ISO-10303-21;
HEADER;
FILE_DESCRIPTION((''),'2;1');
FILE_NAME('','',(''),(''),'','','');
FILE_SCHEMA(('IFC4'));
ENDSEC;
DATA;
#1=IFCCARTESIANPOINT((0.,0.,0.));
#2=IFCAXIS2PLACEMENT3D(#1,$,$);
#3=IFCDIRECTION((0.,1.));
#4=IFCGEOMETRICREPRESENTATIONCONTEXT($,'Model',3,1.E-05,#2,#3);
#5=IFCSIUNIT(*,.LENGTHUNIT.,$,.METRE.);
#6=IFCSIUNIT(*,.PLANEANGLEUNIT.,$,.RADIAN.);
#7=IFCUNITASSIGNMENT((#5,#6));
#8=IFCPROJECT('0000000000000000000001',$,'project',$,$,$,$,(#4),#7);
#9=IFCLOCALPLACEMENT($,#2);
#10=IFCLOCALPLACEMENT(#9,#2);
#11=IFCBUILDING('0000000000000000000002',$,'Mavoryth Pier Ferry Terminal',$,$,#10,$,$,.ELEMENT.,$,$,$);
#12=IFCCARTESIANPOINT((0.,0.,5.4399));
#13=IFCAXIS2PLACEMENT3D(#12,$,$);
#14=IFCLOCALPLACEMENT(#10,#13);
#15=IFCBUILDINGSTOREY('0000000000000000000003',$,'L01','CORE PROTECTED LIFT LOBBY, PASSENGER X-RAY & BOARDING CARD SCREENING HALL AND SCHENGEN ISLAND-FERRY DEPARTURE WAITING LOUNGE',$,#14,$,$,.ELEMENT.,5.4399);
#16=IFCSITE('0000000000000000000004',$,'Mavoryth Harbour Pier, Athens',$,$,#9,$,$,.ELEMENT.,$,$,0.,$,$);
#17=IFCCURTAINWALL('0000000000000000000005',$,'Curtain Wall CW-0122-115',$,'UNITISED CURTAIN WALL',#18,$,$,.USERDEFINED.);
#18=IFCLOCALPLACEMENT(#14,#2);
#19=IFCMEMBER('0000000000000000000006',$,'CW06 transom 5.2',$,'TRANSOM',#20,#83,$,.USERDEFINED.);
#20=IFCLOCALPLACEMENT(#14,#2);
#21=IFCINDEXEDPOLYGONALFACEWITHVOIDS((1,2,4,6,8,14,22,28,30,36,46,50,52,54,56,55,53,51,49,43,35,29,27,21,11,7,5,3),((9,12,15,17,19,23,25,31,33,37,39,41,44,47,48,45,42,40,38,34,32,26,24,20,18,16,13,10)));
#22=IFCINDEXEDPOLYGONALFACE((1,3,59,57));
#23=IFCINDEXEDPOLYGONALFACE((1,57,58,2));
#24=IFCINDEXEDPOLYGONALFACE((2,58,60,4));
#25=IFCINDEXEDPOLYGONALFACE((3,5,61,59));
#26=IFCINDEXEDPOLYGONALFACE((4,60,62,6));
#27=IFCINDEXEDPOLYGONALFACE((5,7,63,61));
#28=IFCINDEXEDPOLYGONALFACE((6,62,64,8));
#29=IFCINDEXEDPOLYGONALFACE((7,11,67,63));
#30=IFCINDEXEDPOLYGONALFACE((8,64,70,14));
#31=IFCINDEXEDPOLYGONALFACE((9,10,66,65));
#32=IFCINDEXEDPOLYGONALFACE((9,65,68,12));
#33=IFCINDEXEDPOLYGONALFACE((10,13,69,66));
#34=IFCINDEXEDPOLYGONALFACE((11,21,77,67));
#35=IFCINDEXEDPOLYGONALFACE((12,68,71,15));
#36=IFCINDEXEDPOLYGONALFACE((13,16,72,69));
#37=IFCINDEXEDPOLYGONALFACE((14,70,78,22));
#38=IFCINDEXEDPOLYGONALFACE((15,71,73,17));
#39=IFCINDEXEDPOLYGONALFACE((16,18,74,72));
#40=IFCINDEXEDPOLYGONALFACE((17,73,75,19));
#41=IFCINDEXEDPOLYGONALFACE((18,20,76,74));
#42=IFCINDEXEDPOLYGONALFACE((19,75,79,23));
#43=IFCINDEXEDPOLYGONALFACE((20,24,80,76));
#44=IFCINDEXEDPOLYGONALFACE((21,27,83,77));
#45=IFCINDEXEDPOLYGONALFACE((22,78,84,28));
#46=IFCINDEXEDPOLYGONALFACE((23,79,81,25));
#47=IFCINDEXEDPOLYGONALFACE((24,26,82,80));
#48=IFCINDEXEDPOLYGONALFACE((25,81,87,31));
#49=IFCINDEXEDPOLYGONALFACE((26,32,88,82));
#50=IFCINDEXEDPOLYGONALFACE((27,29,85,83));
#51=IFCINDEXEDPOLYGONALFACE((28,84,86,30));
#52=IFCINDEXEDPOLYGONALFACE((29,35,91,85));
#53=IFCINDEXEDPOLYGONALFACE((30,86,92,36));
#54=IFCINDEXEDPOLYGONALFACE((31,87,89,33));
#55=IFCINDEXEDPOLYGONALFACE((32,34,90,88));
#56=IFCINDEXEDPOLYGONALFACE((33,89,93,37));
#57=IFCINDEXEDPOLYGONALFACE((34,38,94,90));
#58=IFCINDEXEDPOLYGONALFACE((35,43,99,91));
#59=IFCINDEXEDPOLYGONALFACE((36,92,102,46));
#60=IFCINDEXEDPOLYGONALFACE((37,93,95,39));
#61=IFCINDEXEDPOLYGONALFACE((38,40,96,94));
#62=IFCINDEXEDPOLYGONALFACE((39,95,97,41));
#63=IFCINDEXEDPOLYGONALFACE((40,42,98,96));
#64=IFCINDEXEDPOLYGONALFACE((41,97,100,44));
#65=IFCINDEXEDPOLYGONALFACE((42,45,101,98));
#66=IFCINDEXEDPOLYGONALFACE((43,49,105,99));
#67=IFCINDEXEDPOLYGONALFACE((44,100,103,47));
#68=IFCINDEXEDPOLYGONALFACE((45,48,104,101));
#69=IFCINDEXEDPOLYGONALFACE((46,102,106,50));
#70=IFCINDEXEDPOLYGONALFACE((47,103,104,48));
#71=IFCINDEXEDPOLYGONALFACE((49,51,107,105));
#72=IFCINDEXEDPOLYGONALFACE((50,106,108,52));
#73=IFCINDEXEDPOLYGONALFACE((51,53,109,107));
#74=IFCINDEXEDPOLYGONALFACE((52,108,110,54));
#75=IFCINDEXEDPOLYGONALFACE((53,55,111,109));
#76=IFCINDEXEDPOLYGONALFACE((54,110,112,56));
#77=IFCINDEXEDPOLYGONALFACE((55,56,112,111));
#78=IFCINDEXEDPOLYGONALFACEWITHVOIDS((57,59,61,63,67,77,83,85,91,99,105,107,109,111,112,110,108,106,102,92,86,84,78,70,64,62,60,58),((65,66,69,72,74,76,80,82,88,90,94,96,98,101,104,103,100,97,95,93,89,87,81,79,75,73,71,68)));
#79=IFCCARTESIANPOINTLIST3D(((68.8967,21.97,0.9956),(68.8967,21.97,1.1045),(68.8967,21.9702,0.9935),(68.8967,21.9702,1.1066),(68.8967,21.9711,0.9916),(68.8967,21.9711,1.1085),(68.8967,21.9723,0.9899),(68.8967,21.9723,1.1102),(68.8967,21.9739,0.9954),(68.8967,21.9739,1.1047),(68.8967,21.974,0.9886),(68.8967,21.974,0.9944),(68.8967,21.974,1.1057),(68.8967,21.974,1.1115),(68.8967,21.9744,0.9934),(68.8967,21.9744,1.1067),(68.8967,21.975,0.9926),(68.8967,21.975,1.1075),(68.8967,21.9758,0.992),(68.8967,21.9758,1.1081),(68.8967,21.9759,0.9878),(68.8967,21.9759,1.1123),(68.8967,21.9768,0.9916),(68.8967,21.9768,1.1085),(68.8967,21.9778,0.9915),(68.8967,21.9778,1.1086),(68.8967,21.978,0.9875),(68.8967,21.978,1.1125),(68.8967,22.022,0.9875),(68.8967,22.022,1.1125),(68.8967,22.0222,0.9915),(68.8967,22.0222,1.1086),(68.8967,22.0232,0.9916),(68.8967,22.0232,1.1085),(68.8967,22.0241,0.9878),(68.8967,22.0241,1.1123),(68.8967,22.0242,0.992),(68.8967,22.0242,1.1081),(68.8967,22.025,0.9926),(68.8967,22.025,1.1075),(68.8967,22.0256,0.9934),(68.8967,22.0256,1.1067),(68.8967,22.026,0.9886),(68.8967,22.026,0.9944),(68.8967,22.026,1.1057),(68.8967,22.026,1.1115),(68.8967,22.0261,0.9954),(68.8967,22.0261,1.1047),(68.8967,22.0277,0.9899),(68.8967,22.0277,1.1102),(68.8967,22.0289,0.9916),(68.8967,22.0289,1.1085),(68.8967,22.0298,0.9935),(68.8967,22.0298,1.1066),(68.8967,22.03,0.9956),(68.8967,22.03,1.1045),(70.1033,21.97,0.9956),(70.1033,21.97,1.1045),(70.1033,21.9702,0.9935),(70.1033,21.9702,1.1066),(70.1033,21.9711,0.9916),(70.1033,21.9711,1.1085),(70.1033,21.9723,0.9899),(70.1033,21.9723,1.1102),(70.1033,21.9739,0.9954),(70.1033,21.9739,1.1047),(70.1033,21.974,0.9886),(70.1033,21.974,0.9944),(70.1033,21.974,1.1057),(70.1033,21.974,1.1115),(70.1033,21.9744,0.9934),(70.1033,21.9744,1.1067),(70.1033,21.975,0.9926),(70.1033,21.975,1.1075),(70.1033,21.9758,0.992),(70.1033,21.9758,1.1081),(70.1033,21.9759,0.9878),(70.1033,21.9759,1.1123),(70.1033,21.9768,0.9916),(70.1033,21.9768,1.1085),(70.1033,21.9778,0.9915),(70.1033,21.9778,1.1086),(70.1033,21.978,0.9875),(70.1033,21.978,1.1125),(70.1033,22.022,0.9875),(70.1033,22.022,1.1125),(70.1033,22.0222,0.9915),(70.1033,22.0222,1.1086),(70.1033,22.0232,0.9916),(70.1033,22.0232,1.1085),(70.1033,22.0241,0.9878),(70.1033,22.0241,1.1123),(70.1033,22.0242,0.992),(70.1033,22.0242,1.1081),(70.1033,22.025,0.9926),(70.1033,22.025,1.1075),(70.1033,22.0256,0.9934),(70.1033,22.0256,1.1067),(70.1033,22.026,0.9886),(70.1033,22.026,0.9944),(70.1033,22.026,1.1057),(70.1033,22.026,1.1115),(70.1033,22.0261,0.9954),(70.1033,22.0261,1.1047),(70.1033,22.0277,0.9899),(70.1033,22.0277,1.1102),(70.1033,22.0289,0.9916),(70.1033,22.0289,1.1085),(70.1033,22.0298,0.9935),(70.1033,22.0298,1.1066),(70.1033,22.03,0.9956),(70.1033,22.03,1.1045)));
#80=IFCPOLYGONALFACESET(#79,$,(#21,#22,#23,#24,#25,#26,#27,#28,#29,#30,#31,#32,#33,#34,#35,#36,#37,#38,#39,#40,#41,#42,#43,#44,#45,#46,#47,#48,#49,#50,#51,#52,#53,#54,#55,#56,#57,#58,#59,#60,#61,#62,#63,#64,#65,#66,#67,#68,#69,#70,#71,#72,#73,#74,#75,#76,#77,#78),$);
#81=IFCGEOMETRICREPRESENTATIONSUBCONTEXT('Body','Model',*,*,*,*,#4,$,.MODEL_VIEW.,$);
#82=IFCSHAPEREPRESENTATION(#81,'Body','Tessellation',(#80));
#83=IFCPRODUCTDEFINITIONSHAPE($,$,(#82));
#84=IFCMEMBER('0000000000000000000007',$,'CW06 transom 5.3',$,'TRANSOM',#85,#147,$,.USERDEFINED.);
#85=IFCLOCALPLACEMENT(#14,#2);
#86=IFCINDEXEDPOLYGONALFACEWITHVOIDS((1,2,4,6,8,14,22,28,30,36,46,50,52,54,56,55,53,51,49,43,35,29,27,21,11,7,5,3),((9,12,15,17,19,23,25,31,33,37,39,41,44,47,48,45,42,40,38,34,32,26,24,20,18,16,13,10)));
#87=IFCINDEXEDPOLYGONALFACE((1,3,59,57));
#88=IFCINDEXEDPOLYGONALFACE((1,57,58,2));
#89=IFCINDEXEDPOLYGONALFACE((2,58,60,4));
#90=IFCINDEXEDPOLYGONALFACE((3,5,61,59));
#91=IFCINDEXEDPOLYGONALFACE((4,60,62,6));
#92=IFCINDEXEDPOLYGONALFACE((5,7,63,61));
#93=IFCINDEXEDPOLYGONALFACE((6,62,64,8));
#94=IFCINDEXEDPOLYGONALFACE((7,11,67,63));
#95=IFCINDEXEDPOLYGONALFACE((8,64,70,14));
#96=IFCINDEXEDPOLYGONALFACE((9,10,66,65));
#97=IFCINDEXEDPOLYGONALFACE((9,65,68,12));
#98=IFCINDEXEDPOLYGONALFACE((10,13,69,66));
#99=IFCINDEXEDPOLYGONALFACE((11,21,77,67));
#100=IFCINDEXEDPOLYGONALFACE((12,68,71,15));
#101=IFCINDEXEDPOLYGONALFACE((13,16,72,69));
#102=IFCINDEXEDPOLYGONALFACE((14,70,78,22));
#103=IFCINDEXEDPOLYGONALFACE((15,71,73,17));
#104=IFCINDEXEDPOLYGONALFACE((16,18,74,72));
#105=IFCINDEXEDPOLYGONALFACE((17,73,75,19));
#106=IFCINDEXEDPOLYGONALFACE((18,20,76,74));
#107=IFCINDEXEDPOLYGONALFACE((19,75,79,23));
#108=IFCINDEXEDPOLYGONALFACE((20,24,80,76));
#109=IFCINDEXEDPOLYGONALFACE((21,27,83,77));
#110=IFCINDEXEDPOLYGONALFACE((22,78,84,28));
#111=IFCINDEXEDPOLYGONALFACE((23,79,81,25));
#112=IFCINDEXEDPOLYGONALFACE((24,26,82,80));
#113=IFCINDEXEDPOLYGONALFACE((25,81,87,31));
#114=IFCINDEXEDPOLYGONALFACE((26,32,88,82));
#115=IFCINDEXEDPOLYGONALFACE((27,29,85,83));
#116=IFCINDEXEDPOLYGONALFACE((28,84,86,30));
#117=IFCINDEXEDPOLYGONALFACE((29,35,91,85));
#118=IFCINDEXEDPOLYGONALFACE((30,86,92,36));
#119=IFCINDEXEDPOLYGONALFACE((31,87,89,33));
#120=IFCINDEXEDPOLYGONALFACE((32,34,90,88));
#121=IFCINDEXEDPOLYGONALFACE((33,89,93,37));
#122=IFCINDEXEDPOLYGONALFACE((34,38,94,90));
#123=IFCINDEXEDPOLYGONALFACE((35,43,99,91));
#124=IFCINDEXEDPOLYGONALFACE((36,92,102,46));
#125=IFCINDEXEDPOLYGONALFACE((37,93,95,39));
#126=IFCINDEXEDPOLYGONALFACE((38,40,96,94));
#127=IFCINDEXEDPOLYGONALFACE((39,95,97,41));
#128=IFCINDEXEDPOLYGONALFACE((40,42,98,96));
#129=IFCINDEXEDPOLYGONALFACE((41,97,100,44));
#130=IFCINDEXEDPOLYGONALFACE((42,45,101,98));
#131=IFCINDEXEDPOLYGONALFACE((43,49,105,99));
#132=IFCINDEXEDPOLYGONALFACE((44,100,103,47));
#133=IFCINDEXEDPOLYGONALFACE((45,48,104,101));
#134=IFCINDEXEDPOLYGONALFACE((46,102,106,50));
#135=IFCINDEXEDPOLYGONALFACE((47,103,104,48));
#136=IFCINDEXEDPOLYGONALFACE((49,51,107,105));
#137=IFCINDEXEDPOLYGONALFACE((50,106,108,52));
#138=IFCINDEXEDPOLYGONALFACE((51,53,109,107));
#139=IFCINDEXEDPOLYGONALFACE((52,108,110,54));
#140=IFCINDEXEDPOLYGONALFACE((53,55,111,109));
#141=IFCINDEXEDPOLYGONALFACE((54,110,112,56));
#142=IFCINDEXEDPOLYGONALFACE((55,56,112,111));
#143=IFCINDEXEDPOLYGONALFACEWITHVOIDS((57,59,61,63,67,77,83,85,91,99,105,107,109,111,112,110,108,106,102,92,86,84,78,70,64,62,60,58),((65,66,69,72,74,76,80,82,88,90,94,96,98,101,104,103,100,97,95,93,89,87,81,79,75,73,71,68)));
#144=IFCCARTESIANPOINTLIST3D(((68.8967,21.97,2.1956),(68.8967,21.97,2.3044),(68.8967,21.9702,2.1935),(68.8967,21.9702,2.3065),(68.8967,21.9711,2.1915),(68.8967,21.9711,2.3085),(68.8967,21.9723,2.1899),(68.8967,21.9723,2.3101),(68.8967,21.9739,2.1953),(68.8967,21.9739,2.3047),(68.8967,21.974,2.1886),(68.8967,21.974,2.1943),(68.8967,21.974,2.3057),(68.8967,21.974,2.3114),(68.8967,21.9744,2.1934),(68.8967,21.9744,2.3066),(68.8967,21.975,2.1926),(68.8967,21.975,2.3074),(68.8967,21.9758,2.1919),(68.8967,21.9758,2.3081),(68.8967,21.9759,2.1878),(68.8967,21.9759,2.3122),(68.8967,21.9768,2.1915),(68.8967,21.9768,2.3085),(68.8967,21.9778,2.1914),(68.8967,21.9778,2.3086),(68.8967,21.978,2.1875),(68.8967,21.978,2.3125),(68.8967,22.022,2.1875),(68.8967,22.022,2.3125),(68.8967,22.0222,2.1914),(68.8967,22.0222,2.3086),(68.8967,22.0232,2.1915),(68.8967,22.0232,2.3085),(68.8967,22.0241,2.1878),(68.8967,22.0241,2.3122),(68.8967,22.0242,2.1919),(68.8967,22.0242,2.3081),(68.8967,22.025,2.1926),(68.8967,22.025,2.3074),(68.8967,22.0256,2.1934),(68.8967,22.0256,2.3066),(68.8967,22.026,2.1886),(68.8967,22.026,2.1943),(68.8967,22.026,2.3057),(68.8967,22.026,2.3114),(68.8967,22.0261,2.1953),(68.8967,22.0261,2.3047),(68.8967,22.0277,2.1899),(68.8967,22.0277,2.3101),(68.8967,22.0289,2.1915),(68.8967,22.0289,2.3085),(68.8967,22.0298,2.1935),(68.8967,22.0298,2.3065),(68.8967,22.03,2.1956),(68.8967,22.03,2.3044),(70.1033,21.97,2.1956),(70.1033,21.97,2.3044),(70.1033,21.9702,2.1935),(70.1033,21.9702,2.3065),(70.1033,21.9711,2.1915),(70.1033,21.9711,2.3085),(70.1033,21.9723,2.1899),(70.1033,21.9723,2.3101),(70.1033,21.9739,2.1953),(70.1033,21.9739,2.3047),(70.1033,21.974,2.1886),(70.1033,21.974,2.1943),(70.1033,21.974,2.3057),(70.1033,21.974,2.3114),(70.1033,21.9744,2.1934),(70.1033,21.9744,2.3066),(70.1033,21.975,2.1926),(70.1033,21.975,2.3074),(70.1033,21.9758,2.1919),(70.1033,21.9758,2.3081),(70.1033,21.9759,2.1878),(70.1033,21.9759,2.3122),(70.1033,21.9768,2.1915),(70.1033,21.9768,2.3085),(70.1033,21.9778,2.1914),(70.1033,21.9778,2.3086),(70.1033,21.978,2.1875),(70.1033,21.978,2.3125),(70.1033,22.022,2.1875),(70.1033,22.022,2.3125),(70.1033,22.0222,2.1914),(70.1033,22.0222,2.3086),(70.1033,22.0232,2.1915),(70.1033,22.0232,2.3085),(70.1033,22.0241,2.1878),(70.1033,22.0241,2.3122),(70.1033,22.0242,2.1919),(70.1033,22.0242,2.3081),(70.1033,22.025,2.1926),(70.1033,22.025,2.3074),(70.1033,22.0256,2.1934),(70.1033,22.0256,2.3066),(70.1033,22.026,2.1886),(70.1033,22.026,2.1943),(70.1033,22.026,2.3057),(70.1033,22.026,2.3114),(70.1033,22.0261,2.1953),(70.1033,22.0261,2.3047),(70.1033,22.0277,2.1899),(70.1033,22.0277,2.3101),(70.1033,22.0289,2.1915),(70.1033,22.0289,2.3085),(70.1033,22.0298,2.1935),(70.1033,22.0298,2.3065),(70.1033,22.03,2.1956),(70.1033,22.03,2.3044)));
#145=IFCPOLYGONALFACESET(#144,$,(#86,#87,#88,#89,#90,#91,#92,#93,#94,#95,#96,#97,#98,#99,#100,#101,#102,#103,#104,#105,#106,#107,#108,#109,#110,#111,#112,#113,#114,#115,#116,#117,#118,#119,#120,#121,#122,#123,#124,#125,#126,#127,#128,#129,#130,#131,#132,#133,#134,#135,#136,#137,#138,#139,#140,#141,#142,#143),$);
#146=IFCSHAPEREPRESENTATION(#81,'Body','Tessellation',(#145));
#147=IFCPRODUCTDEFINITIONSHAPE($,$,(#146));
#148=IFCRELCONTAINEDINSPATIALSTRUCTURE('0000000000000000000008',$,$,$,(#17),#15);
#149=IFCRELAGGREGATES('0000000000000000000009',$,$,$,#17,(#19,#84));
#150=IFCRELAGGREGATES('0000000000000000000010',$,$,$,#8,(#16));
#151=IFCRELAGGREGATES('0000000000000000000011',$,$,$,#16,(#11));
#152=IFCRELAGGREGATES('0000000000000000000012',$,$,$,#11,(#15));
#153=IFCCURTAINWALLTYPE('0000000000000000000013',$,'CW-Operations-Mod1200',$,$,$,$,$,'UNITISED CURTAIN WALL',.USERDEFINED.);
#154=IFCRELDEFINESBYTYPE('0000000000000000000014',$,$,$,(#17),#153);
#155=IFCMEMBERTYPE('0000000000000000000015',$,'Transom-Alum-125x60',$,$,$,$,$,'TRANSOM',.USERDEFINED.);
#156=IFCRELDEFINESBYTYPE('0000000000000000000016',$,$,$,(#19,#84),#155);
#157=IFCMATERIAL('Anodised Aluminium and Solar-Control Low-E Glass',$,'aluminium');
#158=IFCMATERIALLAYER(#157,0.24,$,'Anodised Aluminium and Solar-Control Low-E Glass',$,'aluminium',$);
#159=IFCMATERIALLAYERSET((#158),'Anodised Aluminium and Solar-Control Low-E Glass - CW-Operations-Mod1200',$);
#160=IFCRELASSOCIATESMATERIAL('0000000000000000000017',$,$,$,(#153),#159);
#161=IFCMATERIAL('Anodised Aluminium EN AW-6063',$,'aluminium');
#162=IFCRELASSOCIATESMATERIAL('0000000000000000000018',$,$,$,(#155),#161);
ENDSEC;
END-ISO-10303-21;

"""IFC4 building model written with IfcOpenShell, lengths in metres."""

from ifc_helpers import new_model, si_unit, direction, frame, origin, origin_2d, place, context, subcontext, project, spatial, hollow_rectangle, extrude, material, layer, layer_set, material_profile, profile_set, type_object, element, aggregate, save


model = new_model("IFC4")

# Units and contexts
model_context = context("Model", 3, precision=1e-05, world=origin(), true_north=direction((0.0, 1.0)))
body_context = subcontext(model_context, "Body", "Model", "MODEL_VIEW")
ifc_project = project(units=[si_unit("LENGTHUNIT", "METRE"), si_unit("PLANEANGLEUNIT", "RADIAN")], contexts=[model_context])

# Site, building, storey
site_placement = place(None, origin())
site = spatial("IfcSite", under=ifc_project, at=site_placement, Name="Mavoryth Harbour Pier, Athens", CompositionType="ELEMENT", RefElevation=0.0)
building_placement = place(site_placement, origin())
building = spatial("IfcBuilding", under=site, at=building_placement, Name="Mavoryth Pier Ferry Terminal", CompositionType="ELEMENT")
storey_placement = place(building_placement, frame((0.0, 0.0, 5.4399)))
storey = spatial("IfcBuildingStorey", under=building, at=storey_placement, Name="L01", Description="CORE PROTECTED LIFT LOBBY, PASSENGER X-RAY & BOARDING CARD SCREENING HALL AND SCHENGEN ISLAND-FERRY DEPARTURE WAITING LOUNGE", CompositionType="ELEMENT", Elevation=5.4399)

# Curtain wall
ifc_material_1 = material(Name="Anodised Aluminium and Solar-Control Low-E Glass", Category="aluminium")
ifc_layer_1 = layer(ifc_material_1, 0.24, Name="Anodised Aluminium and Solar-Control Low-E Glass", Category="aluminium")
ifc_layer_set_1 = layer_set([ifc_layer_1], Name="Anodised Aluminium and Solar-Control Low-E Glass - CW-Operations-Mod1200")
curtain_wall_type = type_object("IfcCurtainWallType", Name="CW-Operations-Mod1200", ElementType="UNITISED CURTAIN WALL", PredefinedType="USERDEFINED", material=ifc_layer_set_1)
ifc_material_2 = material(Name="Anodised Aluminium EN AW-6063", Category="aluminium")
curtain_wall_1_placement = place(storey_placement, origin())
curtain_wall_1 = element("IfcCurtainWall", 1, at=curtain_wall_1_placement, inside=storey, type_object=curtain_wall_type, Name="Curtain Wall CW-0122-115", ObjectType="UNITISED CURTAIN WALL", PredefinedType="USERDEFINED")

# Members
ifc_material_profile_1 = material_profile(ifc_material_2, hollow_rectangle(XDim=0.0601, YDim=0.125, WallThickness=0.0039, InnerFilletRadius=0.0039, OuterFilletRadius=0.0081, at=origin_2d()), Name="AL-TRAN 125x60x4", Category="aluminium")
ifc_profile_set_1 = profile_set([ifc_material_profile_1], Name="Anodised Aluminium EN AW-6063 - AL-TRAN 125x60x4")
member_type_1 = type_object("IfcMemberType", Name="Transom-Alum-125x60", ElementType="TRANSOM", PredefinedType="USERDEFINED", material=ifc_profile_set_1)
member_1_placement = place(storey_placement, frame((70.1033, 22.0, 1.05), z_axis=(-1.0, 0.0, 0.0), x_axis=(0.0, -1.0, 0.0)))
member_1 = element("IfcMember", 2, at=member_1_placement, type_object=member_type_1, Name="CW06 transom 5.2", ObjectType="TRANSOM", PredefinedType="USERDEFINED", context=body_context, shape_type="SweptSolid", body=[
    extrude(hollow_rectangle(XDim=0.0601, YDim=0.125, WallThickness=0.0039, InnerFilletRadius=0.0039, OuterFilletRadius=0.0081, at=origin_2d()), origin(), (0.0, 0.0, 1.0), 1.2065),
])
member_2_placement = place(storey_placement, frame((70.1033, 22.0, 2.25), z_axis=(-1.0, 0.0, 0.0), x_axis=(0.0, -1.0, 0.0)))
member_2 = element("IfcMember", 3, at=member_2_placement, type_object=member_type_1, Name="CW06 transom 5.3", ObjectType="TRANSOM", PredefinedType="USERDEFINED", context=body_context, shape_type="SweptSolid", body=[
    extrude(hollow_rectangle(XDim=0.0601, YDim=0.125, WallThickness=0.0039, InnerFilletRadius=0.0039, OuterFilletRadius=0.0081, at=origin_2d()), origin(), (0.0, 0.0, 1.0), 1.2065),
])

aggregate(curtain_wall_1, [member_1, member_2])

save(model, "model.ifc")
